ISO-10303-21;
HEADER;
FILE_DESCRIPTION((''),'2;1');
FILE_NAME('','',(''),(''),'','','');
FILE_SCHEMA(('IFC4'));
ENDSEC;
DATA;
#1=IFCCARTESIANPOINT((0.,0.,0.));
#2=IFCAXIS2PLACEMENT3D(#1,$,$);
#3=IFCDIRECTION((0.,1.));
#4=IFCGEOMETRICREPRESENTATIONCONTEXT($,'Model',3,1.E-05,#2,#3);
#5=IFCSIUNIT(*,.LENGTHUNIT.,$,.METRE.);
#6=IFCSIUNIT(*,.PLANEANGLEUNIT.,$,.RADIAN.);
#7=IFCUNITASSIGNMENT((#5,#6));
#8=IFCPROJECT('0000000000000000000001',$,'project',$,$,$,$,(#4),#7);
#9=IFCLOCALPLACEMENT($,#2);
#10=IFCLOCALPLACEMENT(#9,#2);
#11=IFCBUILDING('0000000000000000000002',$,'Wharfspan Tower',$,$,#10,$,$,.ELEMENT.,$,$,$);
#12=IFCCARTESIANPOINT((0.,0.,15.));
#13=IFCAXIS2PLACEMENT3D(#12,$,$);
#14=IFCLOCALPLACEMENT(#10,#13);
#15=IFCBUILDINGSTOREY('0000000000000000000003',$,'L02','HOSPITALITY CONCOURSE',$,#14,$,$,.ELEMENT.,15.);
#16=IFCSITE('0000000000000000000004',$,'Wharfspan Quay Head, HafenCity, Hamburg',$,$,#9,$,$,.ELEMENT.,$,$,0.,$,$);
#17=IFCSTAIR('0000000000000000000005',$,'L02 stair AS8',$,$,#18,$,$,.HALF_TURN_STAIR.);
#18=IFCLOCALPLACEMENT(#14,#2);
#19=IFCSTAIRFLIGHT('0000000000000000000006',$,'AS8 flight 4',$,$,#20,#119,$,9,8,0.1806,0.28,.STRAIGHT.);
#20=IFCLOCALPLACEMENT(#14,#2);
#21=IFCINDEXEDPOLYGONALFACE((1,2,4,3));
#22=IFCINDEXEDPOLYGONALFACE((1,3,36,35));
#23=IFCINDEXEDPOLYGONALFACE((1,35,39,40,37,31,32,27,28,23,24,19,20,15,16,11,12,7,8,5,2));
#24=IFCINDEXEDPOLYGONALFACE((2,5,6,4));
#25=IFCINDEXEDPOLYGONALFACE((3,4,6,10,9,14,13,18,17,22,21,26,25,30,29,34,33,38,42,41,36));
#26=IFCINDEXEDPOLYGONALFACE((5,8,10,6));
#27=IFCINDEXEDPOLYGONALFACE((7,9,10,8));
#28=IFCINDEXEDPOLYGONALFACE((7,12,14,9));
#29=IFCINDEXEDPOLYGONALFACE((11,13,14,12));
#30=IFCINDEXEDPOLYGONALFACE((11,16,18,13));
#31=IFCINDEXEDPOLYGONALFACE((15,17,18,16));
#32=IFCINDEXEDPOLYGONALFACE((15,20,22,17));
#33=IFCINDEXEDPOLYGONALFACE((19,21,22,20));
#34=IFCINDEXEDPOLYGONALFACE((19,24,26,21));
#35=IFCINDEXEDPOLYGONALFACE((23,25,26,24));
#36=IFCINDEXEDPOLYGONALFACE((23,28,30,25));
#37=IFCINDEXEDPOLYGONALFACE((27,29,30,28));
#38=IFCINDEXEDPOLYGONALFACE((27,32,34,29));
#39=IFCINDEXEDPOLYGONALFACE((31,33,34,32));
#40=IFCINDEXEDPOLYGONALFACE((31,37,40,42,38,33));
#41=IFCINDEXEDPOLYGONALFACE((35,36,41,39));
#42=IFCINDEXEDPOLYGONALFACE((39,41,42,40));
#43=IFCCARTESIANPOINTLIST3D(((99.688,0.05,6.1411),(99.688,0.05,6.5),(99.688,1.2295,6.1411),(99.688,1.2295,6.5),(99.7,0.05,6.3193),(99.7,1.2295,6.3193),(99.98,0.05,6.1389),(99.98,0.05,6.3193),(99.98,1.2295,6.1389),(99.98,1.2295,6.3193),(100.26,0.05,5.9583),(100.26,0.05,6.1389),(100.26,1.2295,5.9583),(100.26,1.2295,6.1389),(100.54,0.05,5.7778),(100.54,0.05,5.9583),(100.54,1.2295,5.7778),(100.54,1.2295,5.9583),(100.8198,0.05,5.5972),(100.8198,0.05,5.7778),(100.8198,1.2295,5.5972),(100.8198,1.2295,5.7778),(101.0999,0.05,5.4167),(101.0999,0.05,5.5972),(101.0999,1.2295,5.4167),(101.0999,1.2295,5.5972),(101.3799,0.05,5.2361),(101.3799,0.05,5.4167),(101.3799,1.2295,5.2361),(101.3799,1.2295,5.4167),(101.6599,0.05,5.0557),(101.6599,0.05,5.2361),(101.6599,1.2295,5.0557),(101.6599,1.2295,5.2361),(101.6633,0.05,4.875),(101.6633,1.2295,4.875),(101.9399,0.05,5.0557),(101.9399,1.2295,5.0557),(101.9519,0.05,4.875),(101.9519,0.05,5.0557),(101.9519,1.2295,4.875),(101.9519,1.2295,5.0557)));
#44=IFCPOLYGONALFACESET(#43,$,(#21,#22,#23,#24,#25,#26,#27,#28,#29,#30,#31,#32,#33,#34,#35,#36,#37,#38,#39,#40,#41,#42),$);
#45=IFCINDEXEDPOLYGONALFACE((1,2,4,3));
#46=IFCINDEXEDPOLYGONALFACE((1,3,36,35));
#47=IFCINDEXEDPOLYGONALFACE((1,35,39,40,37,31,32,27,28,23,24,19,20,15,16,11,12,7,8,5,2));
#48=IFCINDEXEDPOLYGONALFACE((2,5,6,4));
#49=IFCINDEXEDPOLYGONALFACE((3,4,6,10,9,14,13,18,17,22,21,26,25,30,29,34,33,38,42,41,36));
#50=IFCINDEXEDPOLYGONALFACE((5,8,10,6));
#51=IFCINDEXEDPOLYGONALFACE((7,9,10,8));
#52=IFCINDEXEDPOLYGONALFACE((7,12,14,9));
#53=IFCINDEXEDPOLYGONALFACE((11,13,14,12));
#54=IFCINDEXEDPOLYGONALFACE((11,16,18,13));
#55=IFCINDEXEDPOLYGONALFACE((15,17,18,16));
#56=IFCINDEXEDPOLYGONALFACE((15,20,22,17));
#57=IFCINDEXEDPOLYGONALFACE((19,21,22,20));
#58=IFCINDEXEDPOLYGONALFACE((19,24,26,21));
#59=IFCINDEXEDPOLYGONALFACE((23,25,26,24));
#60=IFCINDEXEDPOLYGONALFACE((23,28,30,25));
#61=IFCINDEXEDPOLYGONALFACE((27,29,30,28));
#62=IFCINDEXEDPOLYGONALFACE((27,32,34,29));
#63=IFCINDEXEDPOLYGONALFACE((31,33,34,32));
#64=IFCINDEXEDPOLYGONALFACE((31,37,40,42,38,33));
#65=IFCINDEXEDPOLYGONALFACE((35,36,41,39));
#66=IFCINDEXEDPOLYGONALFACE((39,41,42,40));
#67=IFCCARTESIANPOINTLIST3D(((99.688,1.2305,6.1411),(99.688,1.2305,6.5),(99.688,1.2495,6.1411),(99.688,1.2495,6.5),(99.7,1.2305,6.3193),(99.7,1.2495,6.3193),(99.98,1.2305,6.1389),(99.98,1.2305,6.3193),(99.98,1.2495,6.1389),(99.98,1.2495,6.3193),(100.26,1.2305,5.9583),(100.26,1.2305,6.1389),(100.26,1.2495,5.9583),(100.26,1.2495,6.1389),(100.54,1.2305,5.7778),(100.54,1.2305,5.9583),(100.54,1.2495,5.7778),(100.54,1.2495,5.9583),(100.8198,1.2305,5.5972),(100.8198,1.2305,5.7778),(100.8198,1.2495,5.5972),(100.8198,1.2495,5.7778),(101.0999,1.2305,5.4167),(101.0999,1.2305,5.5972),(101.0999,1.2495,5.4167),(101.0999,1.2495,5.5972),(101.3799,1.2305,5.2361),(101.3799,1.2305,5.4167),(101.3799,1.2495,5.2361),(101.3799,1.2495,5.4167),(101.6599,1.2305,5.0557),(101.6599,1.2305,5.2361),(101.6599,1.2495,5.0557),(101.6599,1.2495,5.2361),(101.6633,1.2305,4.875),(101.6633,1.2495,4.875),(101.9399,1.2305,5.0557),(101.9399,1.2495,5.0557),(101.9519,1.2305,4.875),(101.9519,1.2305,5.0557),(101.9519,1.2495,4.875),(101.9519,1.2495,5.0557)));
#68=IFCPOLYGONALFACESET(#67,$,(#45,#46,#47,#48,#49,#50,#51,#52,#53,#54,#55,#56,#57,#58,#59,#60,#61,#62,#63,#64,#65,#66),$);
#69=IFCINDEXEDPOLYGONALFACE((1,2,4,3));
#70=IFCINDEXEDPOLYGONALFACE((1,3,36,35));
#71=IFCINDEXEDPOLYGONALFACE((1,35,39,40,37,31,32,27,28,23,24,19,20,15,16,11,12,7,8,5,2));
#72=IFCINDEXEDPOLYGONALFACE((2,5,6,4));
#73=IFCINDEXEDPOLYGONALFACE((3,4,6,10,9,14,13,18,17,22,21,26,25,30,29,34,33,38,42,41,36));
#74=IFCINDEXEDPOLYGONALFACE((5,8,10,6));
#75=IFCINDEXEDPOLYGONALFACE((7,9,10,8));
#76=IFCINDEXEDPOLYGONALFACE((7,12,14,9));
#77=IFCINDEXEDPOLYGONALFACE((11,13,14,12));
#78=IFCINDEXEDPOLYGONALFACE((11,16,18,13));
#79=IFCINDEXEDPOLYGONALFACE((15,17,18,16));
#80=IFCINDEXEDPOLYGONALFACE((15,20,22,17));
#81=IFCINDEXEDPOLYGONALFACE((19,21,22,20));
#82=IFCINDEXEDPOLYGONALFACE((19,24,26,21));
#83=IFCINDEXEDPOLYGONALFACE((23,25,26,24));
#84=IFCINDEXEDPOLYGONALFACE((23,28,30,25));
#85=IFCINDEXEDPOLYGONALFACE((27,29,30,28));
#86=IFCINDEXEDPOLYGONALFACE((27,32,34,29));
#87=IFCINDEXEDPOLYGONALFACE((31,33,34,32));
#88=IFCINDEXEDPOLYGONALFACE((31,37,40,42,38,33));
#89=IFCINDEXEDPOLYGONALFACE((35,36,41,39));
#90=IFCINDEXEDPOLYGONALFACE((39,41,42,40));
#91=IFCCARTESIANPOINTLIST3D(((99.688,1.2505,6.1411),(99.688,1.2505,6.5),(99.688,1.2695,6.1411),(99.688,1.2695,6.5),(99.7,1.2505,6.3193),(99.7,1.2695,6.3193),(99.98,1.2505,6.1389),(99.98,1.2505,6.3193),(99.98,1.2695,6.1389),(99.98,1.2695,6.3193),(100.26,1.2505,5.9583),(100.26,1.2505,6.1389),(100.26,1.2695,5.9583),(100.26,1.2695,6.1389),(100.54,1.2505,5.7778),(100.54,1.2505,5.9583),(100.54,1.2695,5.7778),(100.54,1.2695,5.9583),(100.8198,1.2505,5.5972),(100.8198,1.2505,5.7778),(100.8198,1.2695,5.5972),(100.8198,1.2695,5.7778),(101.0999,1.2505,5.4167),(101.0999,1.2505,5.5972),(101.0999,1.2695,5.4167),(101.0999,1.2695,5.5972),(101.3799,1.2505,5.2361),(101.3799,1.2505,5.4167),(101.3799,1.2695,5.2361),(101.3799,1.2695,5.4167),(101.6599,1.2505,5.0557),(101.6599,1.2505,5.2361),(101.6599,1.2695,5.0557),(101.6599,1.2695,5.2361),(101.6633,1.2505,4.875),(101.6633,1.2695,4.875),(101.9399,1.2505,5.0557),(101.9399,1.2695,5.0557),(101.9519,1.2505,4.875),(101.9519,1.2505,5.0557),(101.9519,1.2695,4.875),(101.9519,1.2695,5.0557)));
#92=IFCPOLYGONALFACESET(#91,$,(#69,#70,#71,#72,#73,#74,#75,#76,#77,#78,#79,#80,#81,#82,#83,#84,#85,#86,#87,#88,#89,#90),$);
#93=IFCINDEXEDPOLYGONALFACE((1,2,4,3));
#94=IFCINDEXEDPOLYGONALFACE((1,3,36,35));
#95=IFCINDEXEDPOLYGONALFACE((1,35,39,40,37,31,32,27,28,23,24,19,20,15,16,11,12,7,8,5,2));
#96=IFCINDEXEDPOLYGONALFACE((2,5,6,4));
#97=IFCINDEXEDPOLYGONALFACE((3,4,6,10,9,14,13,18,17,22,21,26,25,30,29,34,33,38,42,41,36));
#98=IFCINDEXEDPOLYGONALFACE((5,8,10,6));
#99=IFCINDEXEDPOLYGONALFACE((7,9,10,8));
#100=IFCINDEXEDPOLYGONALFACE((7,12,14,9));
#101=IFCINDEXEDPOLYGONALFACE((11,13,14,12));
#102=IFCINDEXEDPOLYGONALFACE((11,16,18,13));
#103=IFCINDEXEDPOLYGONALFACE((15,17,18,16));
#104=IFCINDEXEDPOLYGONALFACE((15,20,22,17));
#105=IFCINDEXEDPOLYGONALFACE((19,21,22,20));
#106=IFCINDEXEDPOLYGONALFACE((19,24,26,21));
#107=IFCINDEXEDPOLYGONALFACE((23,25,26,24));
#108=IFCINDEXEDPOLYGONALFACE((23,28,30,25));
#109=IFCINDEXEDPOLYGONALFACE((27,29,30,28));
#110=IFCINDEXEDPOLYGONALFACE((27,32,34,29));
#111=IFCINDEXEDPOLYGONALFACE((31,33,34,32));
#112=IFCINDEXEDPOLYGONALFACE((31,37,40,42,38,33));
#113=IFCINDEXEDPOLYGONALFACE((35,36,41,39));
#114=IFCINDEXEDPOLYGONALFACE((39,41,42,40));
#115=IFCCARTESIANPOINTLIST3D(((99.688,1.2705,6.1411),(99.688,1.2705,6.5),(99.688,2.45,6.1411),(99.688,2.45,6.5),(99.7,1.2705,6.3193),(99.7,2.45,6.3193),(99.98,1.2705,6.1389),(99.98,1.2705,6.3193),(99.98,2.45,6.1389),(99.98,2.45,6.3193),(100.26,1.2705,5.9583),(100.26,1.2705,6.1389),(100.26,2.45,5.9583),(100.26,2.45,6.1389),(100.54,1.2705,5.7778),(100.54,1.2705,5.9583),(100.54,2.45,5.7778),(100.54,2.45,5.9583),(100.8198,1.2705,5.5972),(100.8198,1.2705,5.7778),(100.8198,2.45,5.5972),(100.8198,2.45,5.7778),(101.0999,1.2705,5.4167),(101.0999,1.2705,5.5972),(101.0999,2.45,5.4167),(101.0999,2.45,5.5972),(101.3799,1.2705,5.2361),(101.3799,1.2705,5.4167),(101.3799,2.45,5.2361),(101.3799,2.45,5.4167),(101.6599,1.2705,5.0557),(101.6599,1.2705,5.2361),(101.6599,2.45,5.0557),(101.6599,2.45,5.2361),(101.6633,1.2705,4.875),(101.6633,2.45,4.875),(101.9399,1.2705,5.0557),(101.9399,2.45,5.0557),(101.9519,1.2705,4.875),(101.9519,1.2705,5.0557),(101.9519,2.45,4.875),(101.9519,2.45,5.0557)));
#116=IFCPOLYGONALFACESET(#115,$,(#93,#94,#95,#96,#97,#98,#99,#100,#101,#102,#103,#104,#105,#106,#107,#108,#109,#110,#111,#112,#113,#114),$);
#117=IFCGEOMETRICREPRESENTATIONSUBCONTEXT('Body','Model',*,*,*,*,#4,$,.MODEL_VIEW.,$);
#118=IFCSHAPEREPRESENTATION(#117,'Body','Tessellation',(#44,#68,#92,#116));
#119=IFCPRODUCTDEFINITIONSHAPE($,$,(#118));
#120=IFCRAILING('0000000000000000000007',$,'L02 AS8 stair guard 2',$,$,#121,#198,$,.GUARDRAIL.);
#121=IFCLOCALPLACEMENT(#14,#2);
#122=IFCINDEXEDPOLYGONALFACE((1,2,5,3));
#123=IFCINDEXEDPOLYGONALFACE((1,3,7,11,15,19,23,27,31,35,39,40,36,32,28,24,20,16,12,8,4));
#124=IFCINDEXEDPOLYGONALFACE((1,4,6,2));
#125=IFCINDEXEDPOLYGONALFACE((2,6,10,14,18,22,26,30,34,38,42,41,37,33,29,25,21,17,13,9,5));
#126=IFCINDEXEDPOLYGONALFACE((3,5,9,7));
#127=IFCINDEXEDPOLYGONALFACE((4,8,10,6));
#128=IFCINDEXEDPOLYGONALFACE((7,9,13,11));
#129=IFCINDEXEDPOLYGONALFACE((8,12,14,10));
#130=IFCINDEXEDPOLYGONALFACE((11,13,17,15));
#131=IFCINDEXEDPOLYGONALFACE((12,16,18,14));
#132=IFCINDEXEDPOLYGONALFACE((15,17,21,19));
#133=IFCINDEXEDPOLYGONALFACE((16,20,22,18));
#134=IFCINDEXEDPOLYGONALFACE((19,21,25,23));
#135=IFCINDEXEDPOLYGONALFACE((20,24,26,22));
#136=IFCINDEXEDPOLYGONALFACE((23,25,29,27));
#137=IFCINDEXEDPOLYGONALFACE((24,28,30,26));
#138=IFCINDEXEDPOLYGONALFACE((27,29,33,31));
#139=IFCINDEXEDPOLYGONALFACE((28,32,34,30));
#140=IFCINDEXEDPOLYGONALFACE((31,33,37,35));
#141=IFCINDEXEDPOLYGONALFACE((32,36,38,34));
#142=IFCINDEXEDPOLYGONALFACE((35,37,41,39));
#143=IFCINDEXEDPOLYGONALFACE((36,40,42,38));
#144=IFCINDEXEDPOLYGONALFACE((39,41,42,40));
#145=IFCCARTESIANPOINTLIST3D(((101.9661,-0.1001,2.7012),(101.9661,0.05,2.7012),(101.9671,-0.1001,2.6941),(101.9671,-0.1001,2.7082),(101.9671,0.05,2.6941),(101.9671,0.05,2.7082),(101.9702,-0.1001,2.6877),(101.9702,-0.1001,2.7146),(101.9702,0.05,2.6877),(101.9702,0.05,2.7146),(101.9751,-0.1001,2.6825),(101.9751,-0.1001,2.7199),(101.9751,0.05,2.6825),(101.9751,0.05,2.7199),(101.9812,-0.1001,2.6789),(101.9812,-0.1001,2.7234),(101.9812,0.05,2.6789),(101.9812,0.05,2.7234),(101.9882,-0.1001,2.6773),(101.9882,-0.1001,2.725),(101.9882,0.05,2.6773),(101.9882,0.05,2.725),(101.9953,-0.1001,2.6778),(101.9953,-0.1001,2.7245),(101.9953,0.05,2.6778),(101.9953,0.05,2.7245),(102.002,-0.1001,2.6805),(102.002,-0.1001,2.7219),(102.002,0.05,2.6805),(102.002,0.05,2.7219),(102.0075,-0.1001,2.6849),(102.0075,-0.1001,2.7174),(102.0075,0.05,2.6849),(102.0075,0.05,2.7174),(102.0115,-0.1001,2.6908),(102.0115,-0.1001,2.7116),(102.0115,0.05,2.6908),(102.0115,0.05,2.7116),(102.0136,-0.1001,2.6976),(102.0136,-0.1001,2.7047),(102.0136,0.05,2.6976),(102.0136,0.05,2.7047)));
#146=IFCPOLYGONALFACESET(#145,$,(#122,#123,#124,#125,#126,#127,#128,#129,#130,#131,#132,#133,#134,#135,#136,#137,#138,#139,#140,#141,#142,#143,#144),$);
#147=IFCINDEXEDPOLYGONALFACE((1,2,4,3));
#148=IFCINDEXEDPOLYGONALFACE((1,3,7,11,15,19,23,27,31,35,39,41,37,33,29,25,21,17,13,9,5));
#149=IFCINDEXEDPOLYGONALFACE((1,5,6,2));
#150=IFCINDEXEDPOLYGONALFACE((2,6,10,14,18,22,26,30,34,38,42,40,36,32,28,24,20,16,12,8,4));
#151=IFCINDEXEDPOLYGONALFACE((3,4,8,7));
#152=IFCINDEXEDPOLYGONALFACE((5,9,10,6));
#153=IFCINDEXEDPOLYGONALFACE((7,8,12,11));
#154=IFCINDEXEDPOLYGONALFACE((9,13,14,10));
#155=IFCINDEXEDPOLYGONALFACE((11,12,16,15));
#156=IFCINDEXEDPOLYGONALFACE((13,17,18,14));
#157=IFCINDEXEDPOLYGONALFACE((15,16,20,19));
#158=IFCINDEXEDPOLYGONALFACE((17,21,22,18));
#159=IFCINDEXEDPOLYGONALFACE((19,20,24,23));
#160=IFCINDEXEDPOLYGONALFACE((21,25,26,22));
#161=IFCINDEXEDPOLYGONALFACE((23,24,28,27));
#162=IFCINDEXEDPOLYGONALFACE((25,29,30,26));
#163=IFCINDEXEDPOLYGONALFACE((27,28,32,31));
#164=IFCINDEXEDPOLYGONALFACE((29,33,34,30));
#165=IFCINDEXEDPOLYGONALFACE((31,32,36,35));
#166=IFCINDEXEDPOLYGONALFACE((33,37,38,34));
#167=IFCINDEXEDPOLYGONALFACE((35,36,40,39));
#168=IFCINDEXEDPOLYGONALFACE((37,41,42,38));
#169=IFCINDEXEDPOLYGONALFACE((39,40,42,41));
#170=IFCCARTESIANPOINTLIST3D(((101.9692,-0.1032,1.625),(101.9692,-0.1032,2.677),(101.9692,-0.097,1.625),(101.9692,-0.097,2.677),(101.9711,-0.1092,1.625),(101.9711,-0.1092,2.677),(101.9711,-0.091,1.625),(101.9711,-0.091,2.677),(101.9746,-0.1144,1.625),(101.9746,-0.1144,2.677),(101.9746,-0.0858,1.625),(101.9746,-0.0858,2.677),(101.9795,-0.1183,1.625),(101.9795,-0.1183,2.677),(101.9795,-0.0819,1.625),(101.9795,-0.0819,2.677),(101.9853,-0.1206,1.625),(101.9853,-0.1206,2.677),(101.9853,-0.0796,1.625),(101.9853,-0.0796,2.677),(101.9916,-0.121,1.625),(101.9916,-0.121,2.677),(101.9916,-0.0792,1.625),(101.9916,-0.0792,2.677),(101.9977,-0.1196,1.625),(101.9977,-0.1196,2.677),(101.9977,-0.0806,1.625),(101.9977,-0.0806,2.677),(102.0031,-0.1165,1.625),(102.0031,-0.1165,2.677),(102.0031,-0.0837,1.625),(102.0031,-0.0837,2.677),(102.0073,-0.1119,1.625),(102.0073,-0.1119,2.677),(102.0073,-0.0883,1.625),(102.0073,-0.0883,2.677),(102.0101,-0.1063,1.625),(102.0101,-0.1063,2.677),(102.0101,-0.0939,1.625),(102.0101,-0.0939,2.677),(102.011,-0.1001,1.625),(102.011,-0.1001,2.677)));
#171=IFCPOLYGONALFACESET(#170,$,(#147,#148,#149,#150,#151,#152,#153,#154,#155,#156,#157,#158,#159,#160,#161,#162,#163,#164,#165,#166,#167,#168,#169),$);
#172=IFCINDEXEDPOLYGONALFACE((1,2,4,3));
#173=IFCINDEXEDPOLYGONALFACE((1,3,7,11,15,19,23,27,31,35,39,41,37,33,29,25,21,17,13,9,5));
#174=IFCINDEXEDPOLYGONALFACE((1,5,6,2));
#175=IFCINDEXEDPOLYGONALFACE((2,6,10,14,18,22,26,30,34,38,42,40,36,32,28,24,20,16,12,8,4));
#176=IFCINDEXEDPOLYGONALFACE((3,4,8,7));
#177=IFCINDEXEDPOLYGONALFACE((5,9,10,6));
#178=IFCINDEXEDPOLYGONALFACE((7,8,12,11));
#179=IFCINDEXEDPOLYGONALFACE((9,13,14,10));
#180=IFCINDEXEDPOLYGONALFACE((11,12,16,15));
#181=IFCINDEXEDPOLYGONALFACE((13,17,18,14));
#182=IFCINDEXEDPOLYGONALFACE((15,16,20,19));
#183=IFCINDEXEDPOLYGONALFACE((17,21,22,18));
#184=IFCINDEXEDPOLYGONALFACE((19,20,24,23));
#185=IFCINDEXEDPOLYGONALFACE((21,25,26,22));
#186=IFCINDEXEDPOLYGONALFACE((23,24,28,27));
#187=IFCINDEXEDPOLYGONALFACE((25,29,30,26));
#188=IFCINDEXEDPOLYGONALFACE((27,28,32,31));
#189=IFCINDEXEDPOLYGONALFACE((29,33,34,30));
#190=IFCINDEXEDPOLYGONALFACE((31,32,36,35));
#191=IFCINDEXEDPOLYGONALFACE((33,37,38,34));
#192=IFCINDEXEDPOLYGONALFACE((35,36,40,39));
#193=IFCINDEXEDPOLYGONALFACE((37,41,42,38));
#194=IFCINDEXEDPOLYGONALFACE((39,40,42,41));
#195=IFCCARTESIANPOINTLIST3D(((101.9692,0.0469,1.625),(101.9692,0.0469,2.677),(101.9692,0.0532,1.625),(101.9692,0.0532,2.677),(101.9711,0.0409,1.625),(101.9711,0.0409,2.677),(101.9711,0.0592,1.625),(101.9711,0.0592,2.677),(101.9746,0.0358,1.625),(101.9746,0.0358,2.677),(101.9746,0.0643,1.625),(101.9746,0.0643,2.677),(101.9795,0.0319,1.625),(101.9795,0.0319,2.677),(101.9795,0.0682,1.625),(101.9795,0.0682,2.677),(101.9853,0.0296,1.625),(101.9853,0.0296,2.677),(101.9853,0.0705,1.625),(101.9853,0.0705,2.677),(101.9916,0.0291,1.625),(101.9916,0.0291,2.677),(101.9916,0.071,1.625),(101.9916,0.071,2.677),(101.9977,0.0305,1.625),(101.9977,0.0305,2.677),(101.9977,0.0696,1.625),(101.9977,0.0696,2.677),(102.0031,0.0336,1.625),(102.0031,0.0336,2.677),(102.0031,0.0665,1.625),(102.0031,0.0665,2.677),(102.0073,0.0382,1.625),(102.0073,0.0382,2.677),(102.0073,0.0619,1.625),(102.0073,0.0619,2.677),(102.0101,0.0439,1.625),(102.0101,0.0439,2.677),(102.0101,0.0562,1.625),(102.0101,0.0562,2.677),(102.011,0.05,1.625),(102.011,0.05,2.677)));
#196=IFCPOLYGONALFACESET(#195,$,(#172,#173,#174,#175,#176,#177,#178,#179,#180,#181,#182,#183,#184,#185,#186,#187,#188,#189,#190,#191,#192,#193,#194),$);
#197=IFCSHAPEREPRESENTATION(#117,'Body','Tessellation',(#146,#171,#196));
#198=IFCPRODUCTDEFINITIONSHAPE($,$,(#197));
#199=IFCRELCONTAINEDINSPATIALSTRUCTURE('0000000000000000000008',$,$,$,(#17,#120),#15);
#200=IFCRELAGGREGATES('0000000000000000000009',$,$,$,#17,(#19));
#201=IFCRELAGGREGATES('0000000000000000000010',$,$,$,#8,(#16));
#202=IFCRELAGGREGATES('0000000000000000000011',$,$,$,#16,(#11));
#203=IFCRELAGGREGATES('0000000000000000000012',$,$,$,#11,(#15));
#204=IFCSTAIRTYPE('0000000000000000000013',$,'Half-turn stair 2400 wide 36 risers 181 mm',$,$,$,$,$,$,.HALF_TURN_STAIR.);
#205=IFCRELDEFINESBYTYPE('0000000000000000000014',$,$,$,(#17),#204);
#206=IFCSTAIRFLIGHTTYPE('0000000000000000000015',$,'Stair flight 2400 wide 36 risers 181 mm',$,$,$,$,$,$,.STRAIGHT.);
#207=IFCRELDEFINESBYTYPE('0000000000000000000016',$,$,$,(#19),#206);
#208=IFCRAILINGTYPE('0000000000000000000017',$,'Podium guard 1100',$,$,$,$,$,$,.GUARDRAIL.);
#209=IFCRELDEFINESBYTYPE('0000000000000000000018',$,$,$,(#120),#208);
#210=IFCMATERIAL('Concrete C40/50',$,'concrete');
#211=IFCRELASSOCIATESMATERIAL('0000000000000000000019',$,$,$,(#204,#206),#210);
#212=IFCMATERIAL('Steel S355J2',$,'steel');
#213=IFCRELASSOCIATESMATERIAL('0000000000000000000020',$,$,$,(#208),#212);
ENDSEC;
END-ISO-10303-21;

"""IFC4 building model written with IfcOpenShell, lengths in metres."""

from ifc_helpers import new_model, si_unit, direction, frame, origin, origin_2d, place, context, subcontext, project, spatial, polyline, circle, outline, extrude, material, type_object, element, aggregate, save


model = new_model("IFC4")

# Units and contexts
model_context = context("Model", 3, precision=1e-05, world=origin(), true_north=direction((0.0, 1.0)))
body_context = subcontext(model_context, "Body", "Model", "MODEL_VIEW")
ifc_project = project(units=[si_unit("LENGTHUNIT", "METRE"), si_unit("PLANEANGLEUNIT", "RADIAN")], contexts=[model_context])

# Site, building, storey
site_placement = place(None, origin())
site = spatial("IfcSite", under=ifc_project, at=site_placement, Name="Wharfspan Quay Head, HafenCity, Hamburg", CompositionType="ELEMENT", RefElevation=0.0)
building_placement = place(site_placement, origin())
building = spatial("IfcBuilding", under=site, at=building_placement, Name="Wharfspan Tower", CompositionType="ELEMENT")
storey_placement = place(building_placement, frame((0.0, 0.0, 15.0)))
storey = spatial("IfcBuildingStorey", under=building, at=storey_placement, Name="L02", Description="HOSPITALITY CONCOURSE", CompositionType="ELEMENT", Elevation=15.0)

# Stair, stair flight
ifc_material_1 = material(Name="Concrete C40/50", Category="concrete")
stair_type = type_object("IfcStairType", Name="Half-turn stair 2400 wide 36 risers 181 mm", PredefinedType="HALF_TURN_STAIR", material=ifc_material_1)
stair_placement = place(storey_placement, origin())
stair = element("IfcStair", 1, at=stair_placement, inside=storey, type_object=stair_type, Name="L02 stair AS8", PredefinedType="HALF_TURN_STAIR")
stair_flight_type = type_object("IfcStairFlightType", Name="Stair flight 2400 wide 36 risers 181 mm", PredefinedType="STRAIGHT", material=ifc_material_1)
stair_flight_1_placement = place(storey_placement, frame((101.9399, 1.25, 4.875), z_axis=(0.0, 0.0, 1.0), x_axis=(-1.0, 0.0, 0.0)))
stair_flight_1 = element("IfcStairFlight", 2, at=stair_flight_1_placement, type_object=stair_flight_type, Name="AS8 flight 4", NumberOfRisers=9, NumberOfTreads=8, PredefinedType="STRAIGHT", RiserHeight=0.1806, TreadLength=0.28, context=body_context, shape_type="SweptSolid", body=[
    extrude(outline(polyline([(-0.012, 0.0), (-0.012, 0.1807), (0.0, 0.1807), (0.28, 0.1807), (0.28, 0.3611), (0.5601, 0.3611), (0.5601, 0.5417), (0.8401, 0.5417), (0.8401, 0.7222), (1.1201, 0.7222), (1.1201, 0.9028), (1.3999, 0.9028), (1.3999, 1.0833), (1.6799, 1.0833), (1.6799, 1.2639), (1.96, 1.2639), (1.96, 1.4443), (2.24, 1.4443), (2.252, 1.625), (2.252, 1.2661), (0.2766, 0.0), (-0.012, 0.0)])), frame((0.0, 1.2, 0.0), z_axis=(0.0, -1.0, 0.0), x_axis=(1.0, 0.0, 0.0)), (0.0, 0.0, 1.0), 1.1794),
    extrude(outline(polyline([(-0.012, 0.0), (-0.012, 0.1807), (0.0, 0.1807), (0.28, 0.1807), (0.28, 0.3611), (0.5601, 0.3611), (0.5601, 0.5417), (0.8401, 0.5417), (0.8401, 0.7222), (1.1201, 0.7222), (1.1201, 0.9028), (1.3999, 0.9028), (1.3999, 1.0833), (1.6799, 1.0833), (1.6799, 1.2639), (1.96, 1.2639), (1.96, 1.4443), (2.24, 1.4443), (2.252, 1.625), (2.252, 1.2661), (0.2766, 0.0), (-0.012, 0.0)])), frame((0.0, 0.0195, 0.0), z_axis=(0.0, -1.0, 0.0), x_axis=(1.0, 0.0, 0.0)), (0.0, 0.0, 1.0), 0.019),
    extrude(outline(polyline([(-0.012, 0.0), (-0.012, 0.1807), (0.0, 0.1807), (0.28, 0.1807), (0.28, 0.3611), (0.5601, 0.3611), (0.5601, 0.5417), (0.8401, 0.5417), (0.8401, 0.7222), (1.1201, 0.7222), (1.1201, 0.9028), (1.3999, 0.9028), (1.3999, 1.0833), (1.6799, 1.0833), (1.6799, 1.2639), (1.96, 1.2639), (1.96, 1.4443), (2.24, 1.4443), (2.252, 1.625), (2.252, 1.2661), (0.2766, 0.0), (-0.012, 0.0)])), frame((0.0, -0.0005, 0.0), z_axis=(0.0, -1.0, 0.0), x_axis=(1.0, 0.0, 0.0)), (0.0, 0.0, 1.0), 0.019),
    extrude(outline(polyline([(-0.012, 0.0), (-0.012, 0.1807), (0.0, 0.1807), (0.28, 0.1807), (0.28, 0.3611), (0.5601, 0.3611), (0.5601, 0.5417), (0.8401, 0.5417), (0.8401, 0.7222), (1.1201, 0.7222), (1.1201, 0.9028), (1.3999, 0.9028), (1.3999, 1.0833), (1.6799, 1.0833), (1.6799, 1.2639), (1.96, 1.2639), (1.96, 1.4443), (2.24, 1.4443), (2.252, 1.625), (2.252, 1.2661), (0.2766, 0.0), (-0.012, 0.0)])), frame((0.0, -0.0205, 0.0), z_axis=(0.0, -1.0, 0.0), x_axis=(1.0, 0.0, 0.0)), (0.0, 0.0, 1.0), 1.1794),
])
aggregate(stair, [stair_flight_1])

# Railing
ifc_material_2 = material(Name="Steel S355J2", Category="steel")
railing_type_1 = type_object("IfcRailingType", Name="Podium guard 1100", PredefinedType="GUARDRAIL", material=ifc_material_2)
railing_1_placement = place(storey_placement, frame((101.99, -0.1001, 1.625)))
element("IfcRailing", 3, at=railing_1_placement, inside=storey, type_object=railing_type_1, Name="L02 AS8 stair guard 2", PredefinedType="GUARDRAIL", context=body_context, shape_type="SweptSolid", body=[
    extrude(circle(Radius=0.0239, at=origin_2d()), frame((0.0, 0.0, 1.0762), z_axis=(0.0, 1.0, 0.0), x_axis=(-1.0, 0.0, 0.0)), (0.0, 0.0, 1.0), 0.1501),
    extrude(circle(Radius=0.021, at=origin_2d()), origin(), (0.0, 0.0, 1.0), 1.052),
    extrude(circle(Radius=0.021, at=origin_2d()), frame((0.0, 0.1501, 0.0)), (0.0, 0.0, 1.0), 1.052),
])

save(model, "model.ifc")
